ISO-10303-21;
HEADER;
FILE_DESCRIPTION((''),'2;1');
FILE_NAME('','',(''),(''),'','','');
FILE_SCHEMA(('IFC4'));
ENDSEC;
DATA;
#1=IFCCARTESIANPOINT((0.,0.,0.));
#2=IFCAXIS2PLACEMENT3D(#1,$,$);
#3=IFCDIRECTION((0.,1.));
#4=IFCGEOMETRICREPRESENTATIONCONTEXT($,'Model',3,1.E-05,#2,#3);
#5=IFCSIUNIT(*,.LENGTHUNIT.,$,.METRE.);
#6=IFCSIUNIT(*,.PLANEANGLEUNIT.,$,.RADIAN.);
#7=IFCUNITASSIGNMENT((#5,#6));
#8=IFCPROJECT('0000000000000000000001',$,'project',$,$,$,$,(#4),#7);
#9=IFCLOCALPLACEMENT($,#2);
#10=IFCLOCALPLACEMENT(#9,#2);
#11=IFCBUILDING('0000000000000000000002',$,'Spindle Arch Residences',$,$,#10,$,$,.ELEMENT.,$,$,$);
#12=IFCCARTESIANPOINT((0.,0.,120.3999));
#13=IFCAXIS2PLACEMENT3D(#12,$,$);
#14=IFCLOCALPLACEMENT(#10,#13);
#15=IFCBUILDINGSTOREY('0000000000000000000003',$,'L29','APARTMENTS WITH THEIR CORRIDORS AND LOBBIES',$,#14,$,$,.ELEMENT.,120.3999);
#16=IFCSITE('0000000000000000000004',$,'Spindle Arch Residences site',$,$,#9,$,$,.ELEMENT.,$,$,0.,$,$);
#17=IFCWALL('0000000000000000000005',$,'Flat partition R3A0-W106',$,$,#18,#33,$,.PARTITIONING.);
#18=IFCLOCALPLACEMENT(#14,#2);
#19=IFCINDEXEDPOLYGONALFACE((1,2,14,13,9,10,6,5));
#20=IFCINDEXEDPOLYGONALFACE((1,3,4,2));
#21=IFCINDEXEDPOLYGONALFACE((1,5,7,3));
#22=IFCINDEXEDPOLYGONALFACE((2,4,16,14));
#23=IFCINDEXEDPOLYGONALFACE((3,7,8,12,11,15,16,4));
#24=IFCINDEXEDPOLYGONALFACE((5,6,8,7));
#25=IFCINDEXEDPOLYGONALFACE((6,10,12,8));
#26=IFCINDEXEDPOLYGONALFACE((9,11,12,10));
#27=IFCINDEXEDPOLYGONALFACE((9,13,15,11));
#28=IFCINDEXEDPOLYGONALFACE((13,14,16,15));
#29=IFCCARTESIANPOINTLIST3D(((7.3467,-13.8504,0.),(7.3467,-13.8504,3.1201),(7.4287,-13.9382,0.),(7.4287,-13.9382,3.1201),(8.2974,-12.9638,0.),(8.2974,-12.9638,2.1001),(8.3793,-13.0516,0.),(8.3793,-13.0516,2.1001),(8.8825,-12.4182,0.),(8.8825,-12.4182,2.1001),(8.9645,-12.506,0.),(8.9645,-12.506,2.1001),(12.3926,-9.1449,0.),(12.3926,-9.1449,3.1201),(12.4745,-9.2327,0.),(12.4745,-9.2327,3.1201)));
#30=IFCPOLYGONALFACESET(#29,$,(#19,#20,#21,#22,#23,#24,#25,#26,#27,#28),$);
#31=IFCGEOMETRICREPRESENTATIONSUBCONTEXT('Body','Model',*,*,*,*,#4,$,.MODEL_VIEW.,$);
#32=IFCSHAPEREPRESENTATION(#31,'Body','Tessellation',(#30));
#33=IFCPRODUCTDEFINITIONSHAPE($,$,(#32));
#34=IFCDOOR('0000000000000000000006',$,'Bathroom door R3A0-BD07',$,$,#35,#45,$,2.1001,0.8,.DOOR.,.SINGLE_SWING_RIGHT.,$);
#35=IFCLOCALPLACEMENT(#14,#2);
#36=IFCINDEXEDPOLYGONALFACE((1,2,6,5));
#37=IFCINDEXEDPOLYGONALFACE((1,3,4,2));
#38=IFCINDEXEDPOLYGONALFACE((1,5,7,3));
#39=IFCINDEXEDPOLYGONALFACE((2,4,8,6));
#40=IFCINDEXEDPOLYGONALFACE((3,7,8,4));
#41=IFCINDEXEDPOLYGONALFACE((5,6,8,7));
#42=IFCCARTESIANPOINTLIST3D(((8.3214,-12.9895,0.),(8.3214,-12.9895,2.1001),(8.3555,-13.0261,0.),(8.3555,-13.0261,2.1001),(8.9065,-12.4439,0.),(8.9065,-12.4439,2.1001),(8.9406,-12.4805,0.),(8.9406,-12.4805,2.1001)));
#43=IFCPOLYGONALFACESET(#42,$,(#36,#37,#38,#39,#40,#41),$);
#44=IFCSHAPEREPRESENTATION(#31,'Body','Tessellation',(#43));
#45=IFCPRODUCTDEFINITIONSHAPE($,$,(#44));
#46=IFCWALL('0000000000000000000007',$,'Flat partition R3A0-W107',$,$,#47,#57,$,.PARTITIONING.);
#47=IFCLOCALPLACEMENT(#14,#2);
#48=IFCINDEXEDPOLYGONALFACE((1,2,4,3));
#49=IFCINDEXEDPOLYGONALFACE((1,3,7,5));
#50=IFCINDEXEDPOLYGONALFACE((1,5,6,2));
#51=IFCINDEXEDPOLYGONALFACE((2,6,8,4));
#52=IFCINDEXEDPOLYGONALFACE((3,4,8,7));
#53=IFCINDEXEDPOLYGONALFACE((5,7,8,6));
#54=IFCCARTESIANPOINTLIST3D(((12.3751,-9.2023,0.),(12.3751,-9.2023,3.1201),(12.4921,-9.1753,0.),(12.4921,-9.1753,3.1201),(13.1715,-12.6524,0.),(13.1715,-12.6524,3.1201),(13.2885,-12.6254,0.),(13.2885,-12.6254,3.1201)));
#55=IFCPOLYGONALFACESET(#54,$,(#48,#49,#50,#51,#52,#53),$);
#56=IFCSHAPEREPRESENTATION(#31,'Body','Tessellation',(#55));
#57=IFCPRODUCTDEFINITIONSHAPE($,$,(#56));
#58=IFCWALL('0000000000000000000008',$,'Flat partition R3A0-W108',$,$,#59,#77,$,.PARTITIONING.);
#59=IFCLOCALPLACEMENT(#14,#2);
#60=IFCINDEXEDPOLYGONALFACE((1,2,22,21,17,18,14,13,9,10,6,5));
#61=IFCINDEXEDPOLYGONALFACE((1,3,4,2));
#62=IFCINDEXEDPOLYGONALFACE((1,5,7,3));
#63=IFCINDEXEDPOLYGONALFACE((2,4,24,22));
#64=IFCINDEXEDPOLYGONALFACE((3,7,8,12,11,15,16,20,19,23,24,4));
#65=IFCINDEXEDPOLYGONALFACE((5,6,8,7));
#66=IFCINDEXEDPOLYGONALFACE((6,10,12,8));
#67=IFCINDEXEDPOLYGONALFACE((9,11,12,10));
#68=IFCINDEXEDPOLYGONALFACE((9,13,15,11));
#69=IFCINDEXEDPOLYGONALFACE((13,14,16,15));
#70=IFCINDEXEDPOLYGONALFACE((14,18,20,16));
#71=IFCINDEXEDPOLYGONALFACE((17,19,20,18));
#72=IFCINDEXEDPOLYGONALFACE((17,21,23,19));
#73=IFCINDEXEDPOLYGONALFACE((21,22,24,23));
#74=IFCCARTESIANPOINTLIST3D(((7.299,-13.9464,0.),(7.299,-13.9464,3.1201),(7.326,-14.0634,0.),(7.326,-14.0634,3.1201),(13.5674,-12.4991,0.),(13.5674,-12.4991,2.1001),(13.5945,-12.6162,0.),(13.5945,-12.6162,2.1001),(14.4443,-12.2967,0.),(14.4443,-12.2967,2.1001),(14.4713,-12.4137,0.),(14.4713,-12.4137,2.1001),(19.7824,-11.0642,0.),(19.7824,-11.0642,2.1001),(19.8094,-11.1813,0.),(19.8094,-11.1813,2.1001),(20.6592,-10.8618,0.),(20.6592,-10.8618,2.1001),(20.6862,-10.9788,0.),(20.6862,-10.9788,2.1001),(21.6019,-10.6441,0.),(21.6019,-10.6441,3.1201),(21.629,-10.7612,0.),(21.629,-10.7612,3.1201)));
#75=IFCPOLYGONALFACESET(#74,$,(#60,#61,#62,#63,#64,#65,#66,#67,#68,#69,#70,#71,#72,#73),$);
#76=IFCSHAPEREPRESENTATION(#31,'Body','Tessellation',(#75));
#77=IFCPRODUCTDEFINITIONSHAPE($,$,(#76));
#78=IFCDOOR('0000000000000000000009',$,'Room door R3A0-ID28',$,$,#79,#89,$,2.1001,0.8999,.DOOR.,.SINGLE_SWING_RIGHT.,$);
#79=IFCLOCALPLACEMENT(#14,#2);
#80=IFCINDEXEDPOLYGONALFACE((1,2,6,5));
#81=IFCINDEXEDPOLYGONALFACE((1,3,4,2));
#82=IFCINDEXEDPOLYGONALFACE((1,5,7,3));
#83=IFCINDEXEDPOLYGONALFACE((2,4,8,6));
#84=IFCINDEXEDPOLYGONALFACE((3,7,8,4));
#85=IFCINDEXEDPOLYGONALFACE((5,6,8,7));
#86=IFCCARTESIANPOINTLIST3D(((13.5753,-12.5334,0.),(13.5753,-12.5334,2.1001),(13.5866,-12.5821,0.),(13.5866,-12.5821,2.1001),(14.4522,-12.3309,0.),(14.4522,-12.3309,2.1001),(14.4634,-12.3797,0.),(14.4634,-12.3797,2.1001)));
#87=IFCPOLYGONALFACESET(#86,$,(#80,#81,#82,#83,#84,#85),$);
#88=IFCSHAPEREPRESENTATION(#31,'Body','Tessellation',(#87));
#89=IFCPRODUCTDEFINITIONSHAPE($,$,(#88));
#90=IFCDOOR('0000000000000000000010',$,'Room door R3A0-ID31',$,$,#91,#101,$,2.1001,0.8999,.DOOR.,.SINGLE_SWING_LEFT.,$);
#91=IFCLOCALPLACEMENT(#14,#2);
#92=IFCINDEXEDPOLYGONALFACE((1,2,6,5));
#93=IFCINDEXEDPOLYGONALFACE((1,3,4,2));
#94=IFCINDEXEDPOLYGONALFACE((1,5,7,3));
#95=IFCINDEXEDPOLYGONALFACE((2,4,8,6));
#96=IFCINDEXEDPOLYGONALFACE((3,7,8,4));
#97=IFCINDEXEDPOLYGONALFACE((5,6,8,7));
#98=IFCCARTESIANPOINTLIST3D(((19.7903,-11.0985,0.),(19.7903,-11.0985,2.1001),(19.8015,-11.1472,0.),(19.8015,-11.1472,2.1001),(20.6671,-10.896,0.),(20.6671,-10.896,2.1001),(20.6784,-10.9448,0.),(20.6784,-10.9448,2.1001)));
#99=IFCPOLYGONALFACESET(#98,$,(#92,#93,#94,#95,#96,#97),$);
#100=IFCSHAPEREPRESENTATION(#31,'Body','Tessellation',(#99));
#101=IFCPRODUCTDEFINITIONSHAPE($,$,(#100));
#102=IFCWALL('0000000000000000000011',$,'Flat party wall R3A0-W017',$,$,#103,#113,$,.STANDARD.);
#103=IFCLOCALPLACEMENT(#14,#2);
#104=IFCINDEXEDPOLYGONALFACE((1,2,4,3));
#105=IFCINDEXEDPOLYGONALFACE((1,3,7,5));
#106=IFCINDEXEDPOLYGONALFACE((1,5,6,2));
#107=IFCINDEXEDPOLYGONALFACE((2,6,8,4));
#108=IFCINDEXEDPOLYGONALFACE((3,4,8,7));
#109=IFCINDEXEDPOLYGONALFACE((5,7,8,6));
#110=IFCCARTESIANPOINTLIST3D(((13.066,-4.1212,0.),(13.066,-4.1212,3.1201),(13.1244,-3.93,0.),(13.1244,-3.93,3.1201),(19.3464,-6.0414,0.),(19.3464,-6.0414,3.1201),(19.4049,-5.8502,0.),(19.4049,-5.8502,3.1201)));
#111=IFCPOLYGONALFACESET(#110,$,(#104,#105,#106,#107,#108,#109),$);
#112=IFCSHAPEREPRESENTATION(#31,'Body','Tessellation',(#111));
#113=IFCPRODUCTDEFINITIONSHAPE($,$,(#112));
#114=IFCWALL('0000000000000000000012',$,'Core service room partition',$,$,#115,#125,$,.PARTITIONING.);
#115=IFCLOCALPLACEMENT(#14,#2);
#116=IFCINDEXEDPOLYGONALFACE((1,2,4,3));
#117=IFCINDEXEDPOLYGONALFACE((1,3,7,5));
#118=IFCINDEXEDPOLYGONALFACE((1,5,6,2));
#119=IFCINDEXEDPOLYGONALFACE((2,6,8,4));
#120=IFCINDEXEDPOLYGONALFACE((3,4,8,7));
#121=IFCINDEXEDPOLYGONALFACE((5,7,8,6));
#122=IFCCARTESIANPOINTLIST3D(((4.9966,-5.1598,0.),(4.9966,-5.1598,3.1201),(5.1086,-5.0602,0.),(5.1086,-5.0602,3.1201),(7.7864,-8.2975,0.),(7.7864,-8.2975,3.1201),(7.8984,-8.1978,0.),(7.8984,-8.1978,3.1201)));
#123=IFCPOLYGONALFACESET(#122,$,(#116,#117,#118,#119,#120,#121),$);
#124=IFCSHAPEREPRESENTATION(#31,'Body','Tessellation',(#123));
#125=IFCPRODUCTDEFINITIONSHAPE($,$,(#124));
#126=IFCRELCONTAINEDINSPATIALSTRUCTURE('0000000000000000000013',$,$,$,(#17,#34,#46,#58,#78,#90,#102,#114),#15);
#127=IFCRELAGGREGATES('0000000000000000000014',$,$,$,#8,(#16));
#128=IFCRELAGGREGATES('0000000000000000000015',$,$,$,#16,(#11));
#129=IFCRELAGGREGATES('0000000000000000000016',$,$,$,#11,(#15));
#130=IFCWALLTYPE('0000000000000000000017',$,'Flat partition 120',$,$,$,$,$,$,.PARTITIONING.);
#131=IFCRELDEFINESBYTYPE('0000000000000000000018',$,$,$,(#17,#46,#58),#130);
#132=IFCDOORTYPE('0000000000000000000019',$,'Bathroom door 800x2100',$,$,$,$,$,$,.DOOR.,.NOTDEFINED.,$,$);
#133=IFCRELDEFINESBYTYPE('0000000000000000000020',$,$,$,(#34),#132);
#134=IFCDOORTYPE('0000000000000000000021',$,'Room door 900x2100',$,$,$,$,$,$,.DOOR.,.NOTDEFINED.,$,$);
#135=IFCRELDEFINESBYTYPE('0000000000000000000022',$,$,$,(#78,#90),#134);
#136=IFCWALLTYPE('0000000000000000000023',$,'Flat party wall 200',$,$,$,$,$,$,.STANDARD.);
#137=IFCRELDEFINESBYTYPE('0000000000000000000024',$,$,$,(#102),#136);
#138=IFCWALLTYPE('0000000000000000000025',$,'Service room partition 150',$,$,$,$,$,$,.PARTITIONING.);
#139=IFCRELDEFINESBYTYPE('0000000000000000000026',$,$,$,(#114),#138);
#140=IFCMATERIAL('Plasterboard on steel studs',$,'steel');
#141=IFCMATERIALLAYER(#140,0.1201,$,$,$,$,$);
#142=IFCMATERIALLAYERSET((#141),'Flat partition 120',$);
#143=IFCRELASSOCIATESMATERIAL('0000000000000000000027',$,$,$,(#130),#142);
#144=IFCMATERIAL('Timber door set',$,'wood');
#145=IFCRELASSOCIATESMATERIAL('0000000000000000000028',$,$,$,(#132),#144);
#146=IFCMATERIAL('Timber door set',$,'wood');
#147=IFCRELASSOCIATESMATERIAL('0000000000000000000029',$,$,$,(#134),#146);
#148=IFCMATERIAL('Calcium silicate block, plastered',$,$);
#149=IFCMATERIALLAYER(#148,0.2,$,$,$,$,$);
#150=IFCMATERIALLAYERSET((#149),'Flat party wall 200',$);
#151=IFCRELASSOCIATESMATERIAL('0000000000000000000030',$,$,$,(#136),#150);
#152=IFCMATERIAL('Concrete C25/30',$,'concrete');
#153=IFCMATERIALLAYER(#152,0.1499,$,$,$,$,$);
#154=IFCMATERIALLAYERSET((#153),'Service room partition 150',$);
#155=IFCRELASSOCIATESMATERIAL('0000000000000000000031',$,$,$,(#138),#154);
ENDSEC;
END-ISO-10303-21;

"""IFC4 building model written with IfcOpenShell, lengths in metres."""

from ifc_helpers import new_model, si_unit, direction, frame, frame_2d, origin, place, context, subcontext, project, spatial, rectangle, extrude, material, layer, layer_set, type_object, element, fill, save


model = new_model("IFC4")

# Units and contexts
model_context = context("Model", 3, precision=1e-05, world=origin(), true_north=direction((0.0, 1.0)))
body_context = subcontext(model_context, "Body", "Model", "MODEL_VIEW")
ifc_project = project(units=[si_unit("LENGTHUNIT", "METRE"), si_unit("PLANEANGLEUNIT", "RADIAN")], contexts=[model_context])

# Site, building, storey
site_placement = place(None, origin())
site = spatial("IfcSite", under=ifc_project, at=site_placement, Name="Spindle Arch Residences site", CompositionType="ELEMENT", RefElevation=0.0)
building_placement = place(site_placement, origin())
building = spatial("IfcBuilding", under=site, at=building_placement, Name="Spindle Arch Residences", CompositionType="ELEMENT")
storey_placement = place(building_placement, frame((0.0, 0.0, 120.3999)))
storey = spatial("IfcBuildingStorey", under=building, at=storey_placement, Name="L29", Description="APARTMENTS WITH THEIR CORRIDORS AND LOBBIES", CompositionType="ELEMENT", Elevation=120.3999)

# Shared definitions
ifc_material_1 = material(Name="Plasterboard on steel studs", Category="steel")
ifc_layer_1 = layer(ifc_material_1, 0.1201)
ifc_layer_set_1 = layer_set([ifc_layer_1], Name="Flat partition 120")
wall_type_1 = type_object("IfcWallType", Name="Flat partition 120", PredefinedType="PARTITIONING", material=ifc_layer_set_1)

# Wall, opening, door
wall_1_placement = place(storey_placement, frame((7.3877, -13.8943, 0.0), z_axis=(0.0, 0.0, 1.0), x_axis=(0.73134, 0.682013, 0.0)))
wall_1 = element("IfcWall", 1, at=wall_1_placement, inside=storey, type_object=wall_type_1, Name="Flat partition R3A0-W106", PredefinedType="PARTITIONING", context=body_context, shape_type="SweptSolid", body=[
    extrude(rectangle(XDim=6.8994, YDim=0.1201, at=frame_2d((3.4497, 0.0))), origin(), (0.0, 0.0, 1.0), 3.1201),
])
opening_1_placement = place(wall_1_placement, frame((1.3, 0.0, 0.0)))
opening_1 = element("IfcOpeningElement", 2, at=opening_1_placement, cuts=wall_1, PredefinedType="OPENING", context=body_context, shape_type="SweptSolid", body=[
    extrude(rectangle(XDim=0.8, YDim=2.1001, at=frame_2d((0.3999, 1.05))), frame((0.0, 0.0701, 0.0), z_axis=(0.0, -1.0, 0.0), x_axis=(1.0, 0.0, 0.0)), (0.0, 0.0, 1.0), 0.1401),
])
ifc_material_2 = material(Name="Timber door set", Category="wood")
door_type_1 = type_object("IfcDoorType", Name="Bathroom door 800x2100", OperationType="NOTDEFINED", PredefinedType="DOOR", material=ifc_material_2)
door_1_placement = place(opening_1_placement, origin())
door_1 = element("IfcDoor", 3, at=door_1_placement, inside=storey, type_object=door_type_1, Name="Bathroom door R3A0-BD07", OperationType="SINGLE_SWING_RIGHT", OverallHeight=2.1001, OverallWidth=0.8, PredefinedType="DOOR", context=body_context, shape_type="SweptSolid", body=[
    extrude(rectangle(XDim=0.8, YDim=2.1001, at=frame_2d((0.3999, 1.05))), frame((0.0, 0.0249, 0.0), z_axis=(0.0, -1.0, 0.0), x_axis=(1.0, 0.0, 0.0)), (0.0, 0.0, 1.0), 0.05),
])
fill(opening_1, door_1)

# Wall
wall_2_placement = place(storey_placement, frame((12.4336, -9.1887, 0.0), z_axis=(0.0, 0.0, 1.0), x_axis=(0.224925, -0.974376, 0.0)))
element("IfcWall", 4, at=wall_2_placement, inside=storey, type_object=wall_type_1, Name="Flat partition R3A0-W107", PredefinedType="PARTITIONING", context=body_context, shape_type="SweptSolid", body=[
    extrude(rectangle(XDim=3.5408, YDim=0.1201, at=frame_2d((1.7705, 0.0))), origin(), (0.0, 0.0, 1.0), 3.1201),
])

# Wall, openings, doors
wall_3_placement = place(storey_placement, frame((7.3125, -14.0049, 0.0), z_axis=(0.0, 0.0, 1.0), x_axis=(0.974368, 0.22496, 0.0)))
wall_3 = element("IfcWall", 5, at=wall_3_placement, inside=storey, type_object=wall_type_1, Name="Flat partition R3A0-W108", PredefinedType="PARTITIONING", context=body_context, shape_type="SweptSolid", body=[
    extrude(rectangle(XDim=14.6792, YDim=0.1201, at=frame_2d((7.3396, 0.0))), origin(), (0.0, 0.0, 1.0), 3.1201),
])
opening_2_placement = place(wall_3_placement, frame((6.4333, 0.0, 0.0)))
opening_2 = element("IfcOpeningElement", 6, at=opening_2_placement, cuts=wall_3, PredefinedType="OPENING", context=body_context, shape_type="SweptSolid", body=[
    extrude(rectangle(XDim=0.8999, YDim=2.1001, at=frame_2d((0.45, 1.05))), frame((0.0, 0.0701, 0.0), z_axis=(0.0, -1.0, 0.0), x_axis=(1.0, 0.0, 0.0)), (0.0, 0.0, 1.0), 0.1401),
])
opening_3_placement = place(wall_3_placement, frame((12.8118, 0.0, 0.0)))
opening_3 = element("IfcOpeningElement", 7, at=opening_3_placement, cuts=wall_3, PredefinedType="OPENING", context=body_context, shape_type="SweptSolid", body=[
    extrude(rectangle(XDim=0.8999, YDim=2.1001, at=frame_2d((0.45, 1.05))), frame((0.0, 0.0701, 0.0), z_axis=(0.0, -1.0, 0.0), x_axis=(1.0, 0.0, 0.0)), (0.0, 0.0, 1.0), 0.1401),
])
ifc_material_3 = material(Name="Timber door set", Category="wood")
door_type_2 = type_object("IfcDoorType", Name="Room door 900x2100", OperationType="NOTDEFINED", PredefinedType="DOOR", material=ifc_material_3)
door_2_placement = place(opening_2_placement, origin())
door_2 = element("IfcDoor", 8, at=door_2_placement, inside=storey, type_object=door_type_2, Name="Room door R3A0-ID28", OperationType="SINGLE_SWING_RIGHT", OverallHeight=2.1001, OverallWidth=0.8999, PredefinedType="DOOR", context=body_context, shape_type="SweptSolid", body=[
    extrude(rectangle(XDim=0.8999, YDim=2.1001, at=frame_2d((0.45, 1.05))), frame((0.0, 0.0249, 0.0), z_axis=(0.0, -1.0, 0.0), x_axis=(1.0, 0.0, 0.0)), (0.0, 0.0, 1.0), 0.05),
])
fill(opening_2, door_2)
door_3_placement = place(opening_3_placement, origin())
door_3 = element("IfcDoor", 9, at=door_3_placement, inside=storey, type_object=door_type_2, Name="Room door R3A0-ID31", OperationType="SINGLE_SWING_LEFT", OverallHeight=2.1001, OverallWidth=0.8999, PredefinedType="DOOR", context=body_context, shape_type="SweptSolid", body=[
    extrude(rectangle(XDim=0.8999, YDim=2.1001, at=frame_2d((0.45, 1.05))), frame((0.0, 0.0249, 0.0), z_axis=(0.0, -1.0, 0.0), x_axis=(1.0, 0.0, 0.0)), (0.0, 0.0, 1.0), 0.05),
])
fill(opening_3, door_3)

# Walls
ifc_material_4 = material(Name="Calcium silicate block, plastered")
ifc_layer_2 = layer(ifc_material_4, 0.2)
ifc_layer_set_2 = layer_set([ifc_layer_2], Name="Flat party wall 200")
wall_type_2 = type_object("IfcWallType", Name="Flat party wall 200", PredefinedType="STANDARD", material=ifc_layer_set_2)
wall_4_placement = place(storey_placement, frame((13.0952, -4.0256, 0.0), z_axis=(0.0, 0.0, 1.0), x_axis=(0.956304, -0.292374, 0.0)))
element("IfcWall", 10, at=wall_4_placement, inside=storey, type_object=wall_type_2, Name="Flat party wall R3A0-W017", PredefinedType="STANDARD", context=body_context, shape_type="SweptSolid", body=[
    extrude(rectangle(XDim=6.5674, YDim=0.2, at=frame_2d((3.2837, 0.0))), origin(), (0.0, 0.0, 1.0), 3.1201),
])
ifc_material_5 = material(Name="Concrete C25/30", Category="concrete")
ifc_layer_3 = layer(ifc_material_5, 0.1499)
ifc_layer_set_3 = layer_set([ifc_layer_3], Name="Service room partition 150")
wall_type_3 = type_object("IfcWallType", Name="Service room partition 150", PredefinedType="PARTITIONING", material=ifc_layer_set_3)
wall_5_placement = place(storey_placement, frame((7.8423, -8.2476, 0.0), z_axis=(0.0, 0.0, 1.0), x_axis=(-0.664461, 0.747323, 0.0)))
element("IfcWall", 11, at=wall_5_placement, inside=storey, type_object=wall_type_3, Name="Core service room partition", PredefinedType="PARTITIONING", context=body_context, shape_type="SweptSolid", body=[
    extrude(rectangle(XDim=4.1985, YDim=0.1499, at=frame_2d((2.0991, 0.0))), origin(), (0.0, 0.0, 1.0), 3.1201),
])

save(model, "model.ifc")
